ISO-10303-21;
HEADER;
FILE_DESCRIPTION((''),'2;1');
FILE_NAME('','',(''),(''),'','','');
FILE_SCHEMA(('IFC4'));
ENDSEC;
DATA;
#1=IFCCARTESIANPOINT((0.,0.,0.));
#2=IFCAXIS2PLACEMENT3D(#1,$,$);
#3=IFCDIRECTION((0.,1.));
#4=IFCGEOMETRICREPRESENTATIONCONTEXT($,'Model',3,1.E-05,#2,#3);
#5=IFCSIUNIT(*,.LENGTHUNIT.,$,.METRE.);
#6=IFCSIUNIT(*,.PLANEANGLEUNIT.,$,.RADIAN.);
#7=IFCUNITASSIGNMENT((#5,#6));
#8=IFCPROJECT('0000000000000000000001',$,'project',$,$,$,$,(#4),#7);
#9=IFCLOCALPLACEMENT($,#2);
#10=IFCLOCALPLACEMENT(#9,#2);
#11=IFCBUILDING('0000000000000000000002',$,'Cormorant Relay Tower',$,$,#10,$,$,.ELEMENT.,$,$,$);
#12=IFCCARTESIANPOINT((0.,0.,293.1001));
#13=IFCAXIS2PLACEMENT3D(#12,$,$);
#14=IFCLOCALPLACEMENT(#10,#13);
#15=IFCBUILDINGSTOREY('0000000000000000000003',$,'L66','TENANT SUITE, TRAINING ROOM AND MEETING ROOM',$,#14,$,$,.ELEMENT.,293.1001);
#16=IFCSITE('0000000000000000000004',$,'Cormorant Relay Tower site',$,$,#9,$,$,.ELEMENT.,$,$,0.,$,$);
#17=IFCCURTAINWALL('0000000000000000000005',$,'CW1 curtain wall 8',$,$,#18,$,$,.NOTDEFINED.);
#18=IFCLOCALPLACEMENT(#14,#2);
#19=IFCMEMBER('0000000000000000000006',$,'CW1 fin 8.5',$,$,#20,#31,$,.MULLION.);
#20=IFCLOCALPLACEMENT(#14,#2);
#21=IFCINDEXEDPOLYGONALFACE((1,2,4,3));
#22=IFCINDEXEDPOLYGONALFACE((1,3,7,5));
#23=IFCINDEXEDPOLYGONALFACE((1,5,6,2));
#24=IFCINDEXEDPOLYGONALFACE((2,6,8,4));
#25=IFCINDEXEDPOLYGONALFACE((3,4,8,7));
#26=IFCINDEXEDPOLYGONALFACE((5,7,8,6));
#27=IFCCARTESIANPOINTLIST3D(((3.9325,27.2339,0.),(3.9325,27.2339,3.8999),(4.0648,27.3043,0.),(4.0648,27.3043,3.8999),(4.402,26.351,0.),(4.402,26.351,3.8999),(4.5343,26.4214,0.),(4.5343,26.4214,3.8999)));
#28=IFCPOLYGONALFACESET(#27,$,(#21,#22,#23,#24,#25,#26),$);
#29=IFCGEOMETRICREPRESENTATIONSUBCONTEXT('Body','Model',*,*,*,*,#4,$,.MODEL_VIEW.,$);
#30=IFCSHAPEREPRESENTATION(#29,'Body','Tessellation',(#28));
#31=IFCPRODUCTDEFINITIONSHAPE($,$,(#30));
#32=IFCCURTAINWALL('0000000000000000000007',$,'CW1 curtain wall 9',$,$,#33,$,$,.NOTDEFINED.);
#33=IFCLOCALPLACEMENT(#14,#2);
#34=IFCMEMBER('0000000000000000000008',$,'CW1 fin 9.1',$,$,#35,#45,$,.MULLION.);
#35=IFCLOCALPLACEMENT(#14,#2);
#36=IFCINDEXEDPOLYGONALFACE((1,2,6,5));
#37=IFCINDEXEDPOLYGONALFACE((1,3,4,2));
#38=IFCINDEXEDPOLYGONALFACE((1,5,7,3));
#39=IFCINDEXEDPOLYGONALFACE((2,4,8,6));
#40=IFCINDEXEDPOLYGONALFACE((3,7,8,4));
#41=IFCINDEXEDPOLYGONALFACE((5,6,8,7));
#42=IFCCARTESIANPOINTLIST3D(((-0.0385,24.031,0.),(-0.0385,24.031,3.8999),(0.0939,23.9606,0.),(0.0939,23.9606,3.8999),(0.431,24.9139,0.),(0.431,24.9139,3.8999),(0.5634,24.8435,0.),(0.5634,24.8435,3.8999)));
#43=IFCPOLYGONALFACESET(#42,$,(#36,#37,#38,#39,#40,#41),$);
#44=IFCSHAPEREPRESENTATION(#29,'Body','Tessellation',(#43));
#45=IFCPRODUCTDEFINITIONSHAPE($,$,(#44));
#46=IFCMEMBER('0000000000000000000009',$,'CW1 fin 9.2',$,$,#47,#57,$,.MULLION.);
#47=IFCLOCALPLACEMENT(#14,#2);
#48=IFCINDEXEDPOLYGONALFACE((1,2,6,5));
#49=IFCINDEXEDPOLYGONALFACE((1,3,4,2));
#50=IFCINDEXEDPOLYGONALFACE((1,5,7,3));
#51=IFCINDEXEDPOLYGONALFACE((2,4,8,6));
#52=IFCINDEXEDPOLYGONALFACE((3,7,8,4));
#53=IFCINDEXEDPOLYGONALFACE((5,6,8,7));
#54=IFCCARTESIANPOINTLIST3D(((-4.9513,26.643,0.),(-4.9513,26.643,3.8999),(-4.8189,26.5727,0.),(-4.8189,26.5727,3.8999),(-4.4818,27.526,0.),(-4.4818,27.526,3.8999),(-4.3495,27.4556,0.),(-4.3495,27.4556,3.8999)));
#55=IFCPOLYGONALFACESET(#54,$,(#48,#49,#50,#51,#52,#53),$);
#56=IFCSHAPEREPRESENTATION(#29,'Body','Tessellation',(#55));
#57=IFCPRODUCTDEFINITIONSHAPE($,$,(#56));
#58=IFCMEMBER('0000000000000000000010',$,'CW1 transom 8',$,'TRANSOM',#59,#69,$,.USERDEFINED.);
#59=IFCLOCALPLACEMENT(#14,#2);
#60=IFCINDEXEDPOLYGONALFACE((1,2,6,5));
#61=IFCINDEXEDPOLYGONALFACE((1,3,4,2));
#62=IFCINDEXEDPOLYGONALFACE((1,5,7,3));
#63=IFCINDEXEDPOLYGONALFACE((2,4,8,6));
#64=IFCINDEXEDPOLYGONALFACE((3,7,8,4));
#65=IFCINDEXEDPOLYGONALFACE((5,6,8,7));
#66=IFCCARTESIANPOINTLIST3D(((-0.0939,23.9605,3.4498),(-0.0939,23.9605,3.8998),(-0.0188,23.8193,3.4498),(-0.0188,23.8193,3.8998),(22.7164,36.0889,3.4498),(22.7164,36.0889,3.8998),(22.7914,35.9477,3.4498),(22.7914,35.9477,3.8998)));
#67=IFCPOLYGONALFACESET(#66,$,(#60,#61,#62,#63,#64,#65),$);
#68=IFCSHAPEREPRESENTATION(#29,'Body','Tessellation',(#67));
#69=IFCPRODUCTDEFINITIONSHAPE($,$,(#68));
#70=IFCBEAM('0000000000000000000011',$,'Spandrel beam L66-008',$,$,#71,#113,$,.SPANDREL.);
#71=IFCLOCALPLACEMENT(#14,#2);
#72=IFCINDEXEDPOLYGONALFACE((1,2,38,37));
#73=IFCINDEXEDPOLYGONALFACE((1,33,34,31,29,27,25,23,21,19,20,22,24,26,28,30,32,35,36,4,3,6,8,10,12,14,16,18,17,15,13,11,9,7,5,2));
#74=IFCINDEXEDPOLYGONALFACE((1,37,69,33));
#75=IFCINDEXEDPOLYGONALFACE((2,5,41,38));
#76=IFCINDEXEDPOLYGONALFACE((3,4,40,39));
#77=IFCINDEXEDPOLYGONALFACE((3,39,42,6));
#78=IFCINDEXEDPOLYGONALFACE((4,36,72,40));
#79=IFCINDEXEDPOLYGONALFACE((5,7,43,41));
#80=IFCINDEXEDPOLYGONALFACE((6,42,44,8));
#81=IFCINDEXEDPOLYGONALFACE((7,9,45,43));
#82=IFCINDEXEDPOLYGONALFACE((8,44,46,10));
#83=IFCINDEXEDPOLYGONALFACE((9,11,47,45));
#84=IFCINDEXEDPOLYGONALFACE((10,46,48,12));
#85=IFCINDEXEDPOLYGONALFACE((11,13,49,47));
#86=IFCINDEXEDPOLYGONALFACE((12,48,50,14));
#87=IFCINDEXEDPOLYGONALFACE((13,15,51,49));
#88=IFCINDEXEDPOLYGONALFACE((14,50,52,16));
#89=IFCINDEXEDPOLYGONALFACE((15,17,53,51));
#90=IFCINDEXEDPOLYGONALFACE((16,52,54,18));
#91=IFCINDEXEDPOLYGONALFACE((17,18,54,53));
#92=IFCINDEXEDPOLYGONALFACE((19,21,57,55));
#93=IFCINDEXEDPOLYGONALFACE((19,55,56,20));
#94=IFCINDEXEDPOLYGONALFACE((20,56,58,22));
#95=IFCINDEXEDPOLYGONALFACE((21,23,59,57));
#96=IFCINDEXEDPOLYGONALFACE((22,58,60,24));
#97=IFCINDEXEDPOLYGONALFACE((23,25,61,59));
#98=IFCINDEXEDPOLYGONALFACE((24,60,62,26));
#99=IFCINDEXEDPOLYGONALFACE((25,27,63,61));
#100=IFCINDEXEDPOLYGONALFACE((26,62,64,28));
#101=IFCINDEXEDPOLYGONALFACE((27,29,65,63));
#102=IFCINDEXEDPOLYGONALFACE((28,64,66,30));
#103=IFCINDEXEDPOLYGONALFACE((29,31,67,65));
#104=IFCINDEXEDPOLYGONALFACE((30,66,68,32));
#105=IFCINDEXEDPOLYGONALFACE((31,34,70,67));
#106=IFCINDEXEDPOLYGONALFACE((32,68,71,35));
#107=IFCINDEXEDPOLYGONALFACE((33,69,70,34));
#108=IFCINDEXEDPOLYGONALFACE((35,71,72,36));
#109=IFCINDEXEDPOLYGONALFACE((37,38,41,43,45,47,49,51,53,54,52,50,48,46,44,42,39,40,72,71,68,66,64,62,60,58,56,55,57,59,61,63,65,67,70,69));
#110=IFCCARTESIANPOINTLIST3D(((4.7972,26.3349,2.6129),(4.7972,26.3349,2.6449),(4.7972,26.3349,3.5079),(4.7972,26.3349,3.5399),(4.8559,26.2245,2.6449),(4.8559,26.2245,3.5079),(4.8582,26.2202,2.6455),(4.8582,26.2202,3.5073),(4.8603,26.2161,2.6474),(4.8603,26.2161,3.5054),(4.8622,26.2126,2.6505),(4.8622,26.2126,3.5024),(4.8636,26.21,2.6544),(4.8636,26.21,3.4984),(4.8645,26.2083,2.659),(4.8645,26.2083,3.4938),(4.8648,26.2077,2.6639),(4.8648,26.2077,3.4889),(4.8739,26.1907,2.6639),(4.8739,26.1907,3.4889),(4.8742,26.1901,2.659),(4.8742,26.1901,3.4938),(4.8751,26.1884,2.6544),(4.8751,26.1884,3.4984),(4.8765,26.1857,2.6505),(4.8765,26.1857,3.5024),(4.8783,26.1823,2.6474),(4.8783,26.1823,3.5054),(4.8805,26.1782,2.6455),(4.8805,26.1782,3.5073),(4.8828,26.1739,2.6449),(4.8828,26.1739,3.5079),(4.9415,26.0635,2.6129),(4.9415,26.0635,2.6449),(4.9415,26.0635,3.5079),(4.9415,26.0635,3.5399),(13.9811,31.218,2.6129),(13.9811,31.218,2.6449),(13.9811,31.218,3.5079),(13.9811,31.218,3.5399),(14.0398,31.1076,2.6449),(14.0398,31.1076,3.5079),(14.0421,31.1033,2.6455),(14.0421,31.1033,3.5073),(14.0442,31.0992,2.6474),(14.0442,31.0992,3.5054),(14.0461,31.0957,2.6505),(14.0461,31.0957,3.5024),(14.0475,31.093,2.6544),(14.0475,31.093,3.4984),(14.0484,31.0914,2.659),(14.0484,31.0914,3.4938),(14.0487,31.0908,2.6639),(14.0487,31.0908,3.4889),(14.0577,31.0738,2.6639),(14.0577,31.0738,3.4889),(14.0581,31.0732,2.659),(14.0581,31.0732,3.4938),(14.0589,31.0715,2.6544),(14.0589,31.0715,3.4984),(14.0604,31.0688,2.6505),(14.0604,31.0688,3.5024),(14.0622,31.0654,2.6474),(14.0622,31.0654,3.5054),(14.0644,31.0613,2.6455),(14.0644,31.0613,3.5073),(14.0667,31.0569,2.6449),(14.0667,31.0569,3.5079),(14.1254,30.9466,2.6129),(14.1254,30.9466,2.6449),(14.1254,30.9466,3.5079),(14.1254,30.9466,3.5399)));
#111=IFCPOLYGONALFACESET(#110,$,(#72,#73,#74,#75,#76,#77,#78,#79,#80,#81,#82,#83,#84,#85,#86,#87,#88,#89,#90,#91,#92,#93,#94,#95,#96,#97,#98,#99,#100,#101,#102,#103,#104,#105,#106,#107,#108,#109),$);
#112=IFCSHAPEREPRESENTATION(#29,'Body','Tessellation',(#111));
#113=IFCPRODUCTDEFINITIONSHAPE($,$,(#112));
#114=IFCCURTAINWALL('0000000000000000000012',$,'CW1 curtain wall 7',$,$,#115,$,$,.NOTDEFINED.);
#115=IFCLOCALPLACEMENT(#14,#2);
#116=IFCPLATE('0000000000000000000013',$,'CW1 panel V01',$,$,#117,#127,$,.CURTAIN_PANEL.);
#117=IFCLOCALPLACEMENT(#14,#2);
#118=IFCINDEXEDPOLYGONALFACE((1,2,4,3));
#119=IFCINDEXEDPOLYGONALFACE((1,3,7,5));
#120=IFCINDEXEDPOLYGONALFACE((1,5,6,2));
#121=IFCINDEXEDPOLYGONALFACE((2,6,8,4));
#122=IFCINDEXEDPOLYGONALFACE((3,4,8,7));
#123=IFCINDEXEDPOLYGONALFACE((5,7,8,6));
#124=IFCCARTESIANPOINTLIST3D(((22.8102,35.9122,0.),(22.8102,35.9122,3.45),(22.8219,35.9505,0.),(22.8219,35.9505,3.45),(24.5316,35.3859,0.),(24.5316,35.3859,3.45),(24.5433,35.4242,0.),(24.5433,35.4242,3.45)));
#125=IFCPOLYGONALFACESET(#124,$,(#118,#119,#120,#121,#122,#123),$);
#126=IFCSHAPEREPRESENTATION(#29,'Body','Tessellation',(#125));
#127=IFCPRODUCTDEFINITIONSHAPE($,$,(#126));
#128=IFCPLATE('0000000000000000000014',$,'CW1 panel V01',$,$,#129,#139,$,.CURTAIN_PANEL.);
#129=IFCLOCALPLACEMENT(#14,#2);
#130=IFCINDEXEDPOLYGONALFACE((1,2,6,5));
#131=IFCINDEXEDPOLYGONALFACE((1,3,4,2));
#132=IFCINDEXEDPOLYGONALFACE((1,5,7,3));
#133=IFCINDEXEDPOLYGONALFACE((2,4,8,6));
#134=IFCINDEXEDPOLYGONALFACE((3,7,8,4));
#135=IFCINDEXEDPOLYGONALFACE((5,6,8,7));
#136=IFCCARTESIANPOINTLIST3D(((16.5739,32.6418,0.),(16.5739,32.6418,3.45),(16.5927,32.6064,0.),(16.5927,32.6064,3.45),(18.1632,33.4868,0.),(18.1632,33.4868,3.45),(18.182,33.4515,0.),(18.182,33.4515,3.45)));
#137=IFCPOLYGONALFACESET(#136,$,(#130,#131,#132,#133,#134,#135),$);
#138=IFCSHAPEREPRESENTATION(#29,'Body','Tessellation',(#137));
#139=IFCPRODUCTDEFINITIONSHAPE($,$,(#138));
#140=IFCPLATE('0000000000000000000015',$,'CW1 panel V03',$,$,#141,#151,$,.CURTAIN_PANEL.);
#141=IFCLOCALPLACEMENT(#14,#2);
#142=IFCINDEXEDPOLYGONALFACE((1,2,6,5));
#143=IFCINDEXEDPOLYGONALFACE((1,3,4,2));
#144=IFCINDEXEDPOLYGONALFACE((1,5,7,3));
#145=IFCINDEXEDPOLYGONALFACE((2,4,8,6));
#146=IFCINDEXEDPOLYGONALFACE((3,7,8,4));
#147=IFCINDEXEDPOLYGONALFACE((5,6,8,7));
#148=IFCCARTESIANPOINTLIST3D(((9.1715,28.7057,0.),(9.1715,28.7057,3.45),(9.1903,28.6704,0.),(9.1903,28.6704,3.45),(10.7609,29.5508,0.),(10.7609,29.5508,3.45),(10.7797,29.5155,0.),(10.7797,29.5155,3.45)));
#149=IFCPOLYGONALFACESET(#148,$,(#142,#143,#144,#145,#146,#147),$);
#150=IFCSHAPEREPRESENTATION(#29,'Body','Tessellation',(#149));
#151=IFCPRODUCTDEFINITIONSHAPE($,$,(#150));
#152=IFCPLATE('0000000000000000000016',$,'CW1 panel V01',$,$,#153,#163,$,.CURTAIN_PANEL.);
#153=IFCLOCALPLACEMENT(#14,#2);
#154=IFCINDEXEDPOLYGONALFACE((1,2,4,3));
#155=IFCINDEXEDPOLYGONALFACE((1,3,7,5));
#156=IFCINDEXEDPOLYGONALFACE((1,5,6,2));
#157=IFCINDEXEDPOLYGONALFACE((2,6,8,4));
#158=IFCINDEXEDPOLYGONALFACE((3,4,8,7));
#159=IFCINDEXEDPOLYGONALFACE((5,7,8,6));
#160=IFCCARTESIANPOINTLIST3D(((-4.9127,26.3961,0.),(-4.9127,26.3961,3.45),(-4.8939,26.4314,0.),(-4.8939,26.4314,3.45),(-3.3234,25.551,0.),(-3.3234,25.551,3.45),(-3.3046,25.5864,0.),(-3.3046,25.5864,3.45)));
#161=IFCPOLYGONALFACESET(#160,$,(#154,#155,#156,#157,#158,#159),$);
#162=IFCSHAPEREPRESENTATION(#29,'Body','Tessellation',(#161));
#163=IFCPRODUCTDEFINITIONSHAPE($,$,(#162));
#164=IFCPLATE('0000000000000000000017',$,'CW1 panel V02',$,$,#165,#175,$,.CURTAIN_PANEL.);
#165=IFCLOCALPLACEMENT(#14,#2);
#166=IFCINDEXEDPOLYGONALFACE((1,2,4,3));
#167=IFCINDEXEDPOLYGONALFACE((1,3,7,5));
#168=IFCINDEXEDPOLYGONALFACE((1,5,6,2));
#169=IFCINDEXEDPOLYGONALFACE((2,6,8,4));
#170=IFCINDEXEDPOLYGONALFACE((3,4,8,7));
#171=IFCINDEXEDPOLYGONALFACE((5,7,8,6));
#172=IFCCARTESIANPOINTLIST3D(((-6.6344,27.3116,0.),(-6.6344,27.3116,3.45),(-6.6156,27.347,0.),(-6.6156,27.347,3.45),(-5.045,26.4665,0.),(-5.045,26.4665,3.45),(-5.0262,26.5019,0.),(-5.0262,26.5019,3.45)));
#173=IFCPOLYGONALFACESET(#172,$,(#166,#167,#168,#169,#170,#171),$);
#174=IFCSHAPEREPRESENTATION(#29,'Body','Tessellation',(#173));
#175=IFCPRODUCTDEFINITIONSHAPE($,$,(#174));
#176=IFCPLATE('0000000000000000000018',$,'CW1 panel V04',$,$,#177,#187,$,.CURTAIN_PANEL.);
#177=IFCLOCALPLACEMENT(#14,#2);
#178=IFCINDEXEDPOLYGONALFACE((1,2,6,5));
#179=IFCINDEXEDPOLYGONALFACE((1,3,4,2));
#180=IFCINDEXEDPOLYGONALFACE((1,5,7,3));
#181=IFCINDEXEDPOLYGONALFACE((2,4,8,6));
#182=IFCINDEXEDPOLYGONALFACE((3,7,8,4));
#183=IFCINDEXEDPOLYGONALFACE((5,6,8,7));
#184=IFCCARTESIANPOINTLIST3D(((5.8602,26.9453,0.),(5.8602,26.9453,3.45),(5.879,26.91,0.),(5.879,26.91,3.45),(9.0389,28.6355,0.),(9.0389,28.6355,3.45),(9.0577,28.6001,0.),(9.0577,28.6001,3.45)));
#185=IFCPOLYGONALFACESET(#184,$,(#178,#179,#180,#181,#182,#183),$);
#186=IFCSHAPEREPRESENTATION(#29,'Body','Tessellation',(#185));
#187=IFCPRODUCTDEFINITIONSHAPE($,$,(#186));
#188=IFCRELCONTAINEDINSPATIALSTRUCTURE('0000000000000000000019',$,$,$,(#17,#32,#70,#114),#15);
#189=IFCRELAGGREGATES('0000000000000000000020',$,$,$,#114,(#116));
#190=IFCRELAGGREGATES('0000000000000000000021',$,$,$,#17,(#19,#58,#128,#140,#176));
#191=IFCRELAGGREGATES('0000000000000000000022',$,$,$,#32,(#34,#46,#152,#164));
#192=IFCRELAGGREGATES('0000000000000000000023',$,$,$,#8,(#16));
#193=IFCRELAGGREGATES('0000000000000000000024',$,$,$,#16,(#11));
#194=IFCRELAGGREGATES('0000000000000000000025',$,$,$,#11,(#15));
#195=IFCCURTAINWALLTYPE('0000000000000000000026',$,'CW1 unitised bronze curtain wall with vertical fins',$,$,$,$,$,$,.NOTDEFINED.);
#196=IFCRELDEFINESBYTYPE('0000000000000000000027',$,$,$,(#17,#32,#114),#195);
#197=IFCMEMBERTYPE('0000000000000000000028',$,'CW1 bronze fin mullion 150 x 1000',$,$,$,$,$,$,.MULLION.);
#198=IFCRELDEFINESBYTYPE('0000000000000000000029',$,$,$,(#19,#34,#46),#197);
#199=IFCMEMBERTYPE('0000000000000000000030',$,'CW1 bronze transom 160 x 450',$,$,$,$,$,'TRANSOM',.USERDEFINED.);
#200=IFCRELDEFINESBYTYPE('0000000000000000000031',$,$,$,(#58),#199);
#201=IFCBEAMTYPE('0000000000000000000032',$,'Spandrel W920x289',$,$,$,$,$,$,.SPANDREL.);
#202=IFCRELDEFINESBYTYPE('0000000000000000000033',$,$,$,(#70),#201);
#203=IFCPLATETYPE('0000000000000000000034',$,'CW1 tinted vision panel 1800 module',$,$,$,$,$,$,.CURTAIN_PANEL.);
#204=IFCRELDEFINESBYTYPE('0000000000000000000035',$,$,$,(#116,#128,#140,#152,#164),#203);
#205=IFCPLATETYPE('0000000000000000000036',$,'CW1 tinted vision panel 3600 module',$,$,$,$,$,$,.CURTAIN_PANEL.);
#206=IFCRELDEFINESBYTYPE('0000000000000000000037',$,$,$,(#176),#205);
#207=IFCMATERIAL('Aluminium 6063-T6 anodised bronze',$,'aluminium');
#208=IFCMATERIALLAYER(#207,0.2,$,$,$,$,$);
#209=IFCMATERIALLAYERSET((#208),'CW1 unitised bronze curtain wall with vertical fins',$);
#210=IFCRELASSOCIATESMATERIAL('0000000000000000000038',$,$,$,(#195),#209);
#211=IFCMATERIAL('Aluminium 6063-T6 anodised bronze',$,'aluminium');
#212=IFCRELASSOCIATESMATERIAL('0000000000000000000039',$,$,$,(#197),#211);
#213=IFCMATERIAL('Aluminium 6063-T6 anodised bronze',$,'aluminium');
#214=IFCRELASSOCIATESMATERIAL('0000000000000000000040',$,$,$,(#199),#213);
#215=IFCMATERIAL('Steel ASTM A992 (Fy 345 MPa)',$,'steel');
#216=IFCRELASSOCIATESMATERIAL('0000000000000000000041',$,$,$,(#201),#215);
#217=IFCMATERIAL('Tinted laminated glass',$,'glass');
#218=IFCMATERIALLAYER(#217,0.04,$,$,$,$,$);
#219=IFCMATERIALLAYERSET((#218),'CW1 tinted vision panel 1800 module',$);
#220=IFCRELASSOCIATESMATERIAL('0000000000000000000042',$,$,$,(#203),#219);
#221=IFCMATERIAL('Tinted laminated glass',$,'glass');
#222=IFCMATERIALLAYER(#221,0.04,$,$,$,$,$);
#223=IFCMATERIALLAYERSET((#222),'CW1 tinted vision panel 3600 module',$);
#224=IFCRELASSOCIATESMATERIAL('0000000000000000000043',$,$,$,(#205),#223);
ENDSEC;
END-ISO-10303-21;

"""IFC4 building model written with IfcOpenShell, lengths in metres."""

from ifc_helpers import new_model, si_unit, direction, frame, origin, origin_2d, place, context, subcontext, project, spatial, rectangle, i_section, extrude, material, layer, layer_set, material_profile, profile_set, type_object, element, aggregate, save


model = new_model("IFC4")

# Units and contexts
model_context = context("Model", 3, precision=1e-05, world=origin(), true_north=direction((0.0, 1.0)))
body_context = subcontext(model_context, "Body", "Model", "MODEL_VIEW")
ifc_project = project(units=[si_unit("LENGTHUNIT", "METRE"), si_unit("PLANEANGLEUNIT", "RADIAN")], contexts=[model_context])

# Site, building, storey
site_placement = place(None, origin())
site = spatial("IfcSite", under=ifc_project, at=site_placement, Name="Cormorant Relay Tower site", CompositionType="ELEMENT", RefElevation=0.0)
building_placement = place(site_placement, origin())
building = spatial("IfcBuilding", under=site, at=building_placement, Name="Cormorant Relay Tower", CompositionType="ELEMENT")
storey_placement = place(building_placement, frame((0.0, 0.0, 293.1001)))
storey = spatial("IfcBuildingStorey", under=building, at=storey_placement, Name="L66", Description="TENANT SUITE, TRAINING ROOM AND MEETING ROOM", CompositionType="ELEMENT", Elevation=293.1001)

# Curtain walls, members
ifc_material_1 = material(Name="Aluminium 6063-T6 anodised bronze", Category="aluminium")
ifc_layer_1 = layer(ifc_material_1, 0.2)
ifc_layer_set_1 = layer_set([ifc_layer_1], Name="CW1 unitised bronze curtain wall with vertical fins")
curtain_wall_type = type_object("IfcCurtainWallType", Name="CW1 unitised bronze curtain wall with vertical fins", PredefinedType="NOTDEFINED", material=ifc_layer_set_1)
curtain_wall_1_placement = place(storey_placement, origin())
curtain_wall_1 = element("IfcCurtainWall", 1, at=curtain_wall_1_placement, inside=storey, type_object=curtain_wall_type, Name="CW1 curtain wall 8", PredefinedType="NOTDEFINED")
ifc_material_2 = material(Name="Aluminium 6063-T6 anodised bronze", Category="aluminium")
ifc_material_profile_1 = material_profile(ifc_material_2, rectangle(XDim=0.1499, YDim=1.0, at=origin_2d()), Name="AL 150x1000")
ifc_profile_set_1 = profile_set([ifc_material_profile_1], Name="Aluminium 6063-T6 anodised bronze")
member_type_1 = type_object("IfcMemberType", Name="CW1 bronze fin mullion 150 x 1000", PredefinedType="MULLION", material=ifc_profile_set_1)
member_1_placement = place(storey_placement, frame((4.2334, 26.8276, 0.0), z_axis=(0.0, 0.0, 1.0), x_axis=(-0.882948, -0.469472, 0.0)))
member_1 = element("IfcMember", 2, at=member_1_placement, type_object=member_type_1, Name="CW1 fin 8.5", PredefinedType="MULLION", context=body_context, shape_type="SweptSolid", body=[
    extrude(rectangle(XDim=0.1499, YDim=1.0, at=origin_2d()), origin(), (0.0, 0.0, 1.0), 3.8999),
])
curtain_wall_2_placement = place(storey_placement, origin())
curtain_wall_2 = element("IfcCurtainWall", 3, at=curtain_wall_2_placement, inside=storey, type_object=curtain_wall_type, Name="CW1 curtain wall 9", PredefinedType="NOTDEFINED")
member_2_placement = place(storey_placement, frame((0.2625, 24.4373, 0.0), z_axis=(0.0, 0.0, 1.0), x_axis=(-0.882948, 0.469472, 0.0)))
member_2 = element("IfcMember", 4, at=member_2_placement, type_object=member_type_1, Name="CW1 fin 9.1", PredefinedType="MULLION", context=body_context, shape_type="SweptSolid", body=[
    extrude(rectangle(XDim=0.1499, YDim=1.0, at=origin_2d()), origin(), (0.0, 0.0, 1.0), 3.8999),
])
member_3_placement = place(storey_placement, frame((-4.6504, 27.0493, 0.0), z_axis=(0.0, 0.0, 1.0), x_axis=(-0.882948, 0.469472, 0.0)))
member_3 = element("IfcMember", 5, at=member_3_placement, type_object=member_type_1, Name="CW1 fin 9.2", PredefinedType="MULLION", context=body_context, shape_type="SweptSolid", body=[
    extrude(rectangle(XDim=0.1499, YDim=1.0, at=origin_2d()), origin(), (0.0, 0.0, 1.0), 3.8999),
])

# Member
ifc_material_3 = material(Name="Aluminium 6063-T6 anodised bronze", Category="aluminium")
ifc_material_profile_2 = material_profile(ifc_material_3, rectangle(XDim=0.1599, YDim=0.45, at=origin_2d()), Name="AL 160x450")
ifc_profile_set_2 = profile_set([ifc_material_profile_2], Name="Aluminium 6063-T6 anodised bronze")
member_type_2 = type_object("IfcMemberType", Name="CW1 bronze transom 160 x 450", ElementType="TRANSOM", PredefinedType="USERDEFINED", material=ifc_profile_set_2)
member_4_placement = place(storey_placement, frame((22.7539, 36.0183, 3.6748), z_axis=(-0.882948, -0.469471, 0.0), x_axis=(0.469471, -0.882948, 0.0)))
member_4 = element("IfcMember", 6, at=member_4_placement, type_object=member_type_2, Name="CW1 transom 8", ObjectType="TRANSOM", PredefinedType="USERDEFINED", context=body_context, shape_type="SweptSolid", body=[
    extrude(rectangle(XDim=0.1599, YDim=0.45, at=origin_2d()), origin(), (0.0, 0.0, 1.0), 25.8342),
])

# Beam
ifc_material_4 = material(Name="Steel ASTM A992 (Fy 345 MPa)", Category="steel")
ifc_material_profile_3 = material_profile(ifc_material_4, i_section(OverallWidth=0.3074, OverallDepth=0.927, WebThickness=0.0193, FlangeThickness=0.032, FilletRadius=0.019, at=origin_2d()), Name="W920x289")
ifc_profile_set_3 = profile_set([ifc_material_profile_3], Name="Steel ASTM A992 (Fy 345 MPa)")
beam_type = type_object("IfcBeamType", Name="Spandrel W920x289", PredefinedType="SPANDREL", material=ifc_profile_set_3)
beam_placement = place(storey_placement, frame((14.0532, 31.0823, 3.0764), z_axis=(-0.882951, -0.469466, 0.0), x_axis=(0.469466, -0.882951, 0.0)))
element("IfcBeam", 7, at=beam_placement, inside=storey, type_object=beam_type, Name="Spandrel beam L66-008", PredefinedType="SPANDREL", context=body_context, shape_type="SweptSolid", body=[
    extrude(i_section(OverallWidth=0.3074, OverallDepth=0.927, WebThickness=0.0193, FlangeThickness=0.032, FilletRadius=0.019, at=origin_2d()), origin(), (0.0, 0.0, 1.0), 10.4014),
])

# Curtain wall, plate
curtain_wall_3_placement = place(storey_placement, origin())
curtain_wall_3 = element("IfcCurtainWall", 8, at=curtain_wall_3_placement, inside=storey, type_object=curtain_wall_type, Name="CW1 curtain wall 7", PredefinedType="NOTDEFINED")
ifc_material_5 = material(Name="Tinted laminated glass", Category="glass")
ifc_layer_2 = layer(ifc_material_5, 0.04)
ifc_layer_set_2 = layer_set([ifc_layer_2], Name="CW1 tinted vision panel 1800 module")
plate_type_1 = type_object("IfcPlateType", Name="CW1 tinted vision panel 1800 module", PredefinedType="CURTAIN_PANEL", material=ifc_layer_set_2)
plate_1_placement = place(storey_placement, frame((23.6768, 35.6682, 0.0), z_axis=(0.0, 0.0, 1.0), x_axis=(-0.956305, 0.292372, 0.0)))
plate_1 = element("IfcPlate", 9, at=plate_1_placement, type_object=plate_type_1, Name="CW1 panel V01", PredefinedType="CURTAIN_PANEL", context=body_context, shape_type="SweptSolid", body=[
    extrude(rectangle(XDim=1.8, YDim=0.04, at=origin_2d()), origin(), (0.0, 0.0, 1.0), 3.45),
])
aggregate(curtain_wall_3, [plate_1])

# Plates
plate_2_placement = place(storey_placement, frame((17.3779, 33.0466, 0.0), z_axis=(0.0, 0.0, 1.0), x_axis=(-0.882948, -0.469472, 0.0)))
plate_2 = element("IfcPlate", 10, at=plate_2_placement, type_object=plate_type_1, Name="CW1 panel V01", PredefinedType="CURTAIN_PANEL", context=body_context, shape_type="SweptSolid", body=[
    extrude(rectangle(XDim=1.8, YDim=0.04, at=origin_2d()), origin(), (0.0, 0.0, 1.0), 3.45),
])
plate_3_placement = place(storey_placement, frame((9.9756, 29.1106, 0.0), z_axis=(0.0, 0.0, 1.0), x_axis=(-0.882948, -0.469472, 0.0)))
plate_3 = element("IfcPlate", 11, at=plate_3_placement, type_object=plate_type_1, Name="CW1 panel V03", PredefinedType="CURTAIN_PANEL", context=body_context, shape_type="SweptSolid", body=[
    extrude(rectangle(XDim=1.8, YDim=0.04, at=origin_2d()), origin(), (0.0, 0.0, 1.0), 3.45),
])
plate_4_placement = place(storey_placement, frame((-4.1086, 25.9912, 0.0), z_axis=(0.0, 0.0, 1.0), x_axis=(-0.882948, 0.469472, 0.0)))
plate_4 = element("IfcPlate", 12, at=plate_4_placement, type_object=plate_type_1, Name="CW1 panel V01", PredefinedType="CURTAIN_PANEL", context=body_context, shape_type="SweptSolid", body=[
    extrude(rectangle(XDim=1.8, YDim=0.04, at=origin_2d()), origin(), (0.0, 0.0, 1.0), 3.45),
])
plate_5_placement = place(storey_placement, frame((-5.8303, 26.9067, 0.0), z_axis=(0.0, 0.0, 1.0), x_axis=(-0.882948, 0.469472, 0.0)))
plate_5 = element("IfcPlate", 13, at=plate_5_placement, type_object=plate_type_1, Name="CW1 panel V02", PredefinedType="CURTAIN_PANEL", context=body_context, shape_type="SweptSolid", body=[
    extrude(rectangle(XDim=1.8, YDim=0.04, at=origin_2d()), origin(), (0.0, 0.0, 1.0), 3.45),
])
ifc_material_6 = material(Name="Tinted laminated glass", Category="glass")
ifc_layer_3 = layer(ifc_material_6, 0.04)
ifc_layer_set_3 = layer_set([ifc_layer_3], Name="CW1 tinted vision panel 3600 module")
plate_type_2 = type_object("IfcPlateType", Name="CW1 tinted vision panel 3600 module", PredefinedType="CURTAIN_PANEL", material=ifc_layer_set_3)
plate_6_placement = place(storey_placement, frame((7.459, 27.7727, 0.0), z_axis=(0.0, 0.0, 1.0), x_axis=(-0.882948, -0.469472, 0.0)))
plate_6 = element("IfcPlate", 14, at=plate_6_placement, type_object=plate_type_2, Name="CW1 panel V04", PredefinedType="CURTAIN_PANEL", context=body_context, shape_type="SweptSolid", body=[
    extrude(rectangle(XDim=3.6001, YDim=0.04, at=origin_2d()), origin(), (0.0, 0.0, 1.0), 3.45),
])

aggregate(curtain_wall_1, [member_1, member_4, plate_2, plate_3, plate_6])
aggregate(curtain_wall_2, [member_2, member_3, plate_4, plate_5])

save(model, "model.ifc")
